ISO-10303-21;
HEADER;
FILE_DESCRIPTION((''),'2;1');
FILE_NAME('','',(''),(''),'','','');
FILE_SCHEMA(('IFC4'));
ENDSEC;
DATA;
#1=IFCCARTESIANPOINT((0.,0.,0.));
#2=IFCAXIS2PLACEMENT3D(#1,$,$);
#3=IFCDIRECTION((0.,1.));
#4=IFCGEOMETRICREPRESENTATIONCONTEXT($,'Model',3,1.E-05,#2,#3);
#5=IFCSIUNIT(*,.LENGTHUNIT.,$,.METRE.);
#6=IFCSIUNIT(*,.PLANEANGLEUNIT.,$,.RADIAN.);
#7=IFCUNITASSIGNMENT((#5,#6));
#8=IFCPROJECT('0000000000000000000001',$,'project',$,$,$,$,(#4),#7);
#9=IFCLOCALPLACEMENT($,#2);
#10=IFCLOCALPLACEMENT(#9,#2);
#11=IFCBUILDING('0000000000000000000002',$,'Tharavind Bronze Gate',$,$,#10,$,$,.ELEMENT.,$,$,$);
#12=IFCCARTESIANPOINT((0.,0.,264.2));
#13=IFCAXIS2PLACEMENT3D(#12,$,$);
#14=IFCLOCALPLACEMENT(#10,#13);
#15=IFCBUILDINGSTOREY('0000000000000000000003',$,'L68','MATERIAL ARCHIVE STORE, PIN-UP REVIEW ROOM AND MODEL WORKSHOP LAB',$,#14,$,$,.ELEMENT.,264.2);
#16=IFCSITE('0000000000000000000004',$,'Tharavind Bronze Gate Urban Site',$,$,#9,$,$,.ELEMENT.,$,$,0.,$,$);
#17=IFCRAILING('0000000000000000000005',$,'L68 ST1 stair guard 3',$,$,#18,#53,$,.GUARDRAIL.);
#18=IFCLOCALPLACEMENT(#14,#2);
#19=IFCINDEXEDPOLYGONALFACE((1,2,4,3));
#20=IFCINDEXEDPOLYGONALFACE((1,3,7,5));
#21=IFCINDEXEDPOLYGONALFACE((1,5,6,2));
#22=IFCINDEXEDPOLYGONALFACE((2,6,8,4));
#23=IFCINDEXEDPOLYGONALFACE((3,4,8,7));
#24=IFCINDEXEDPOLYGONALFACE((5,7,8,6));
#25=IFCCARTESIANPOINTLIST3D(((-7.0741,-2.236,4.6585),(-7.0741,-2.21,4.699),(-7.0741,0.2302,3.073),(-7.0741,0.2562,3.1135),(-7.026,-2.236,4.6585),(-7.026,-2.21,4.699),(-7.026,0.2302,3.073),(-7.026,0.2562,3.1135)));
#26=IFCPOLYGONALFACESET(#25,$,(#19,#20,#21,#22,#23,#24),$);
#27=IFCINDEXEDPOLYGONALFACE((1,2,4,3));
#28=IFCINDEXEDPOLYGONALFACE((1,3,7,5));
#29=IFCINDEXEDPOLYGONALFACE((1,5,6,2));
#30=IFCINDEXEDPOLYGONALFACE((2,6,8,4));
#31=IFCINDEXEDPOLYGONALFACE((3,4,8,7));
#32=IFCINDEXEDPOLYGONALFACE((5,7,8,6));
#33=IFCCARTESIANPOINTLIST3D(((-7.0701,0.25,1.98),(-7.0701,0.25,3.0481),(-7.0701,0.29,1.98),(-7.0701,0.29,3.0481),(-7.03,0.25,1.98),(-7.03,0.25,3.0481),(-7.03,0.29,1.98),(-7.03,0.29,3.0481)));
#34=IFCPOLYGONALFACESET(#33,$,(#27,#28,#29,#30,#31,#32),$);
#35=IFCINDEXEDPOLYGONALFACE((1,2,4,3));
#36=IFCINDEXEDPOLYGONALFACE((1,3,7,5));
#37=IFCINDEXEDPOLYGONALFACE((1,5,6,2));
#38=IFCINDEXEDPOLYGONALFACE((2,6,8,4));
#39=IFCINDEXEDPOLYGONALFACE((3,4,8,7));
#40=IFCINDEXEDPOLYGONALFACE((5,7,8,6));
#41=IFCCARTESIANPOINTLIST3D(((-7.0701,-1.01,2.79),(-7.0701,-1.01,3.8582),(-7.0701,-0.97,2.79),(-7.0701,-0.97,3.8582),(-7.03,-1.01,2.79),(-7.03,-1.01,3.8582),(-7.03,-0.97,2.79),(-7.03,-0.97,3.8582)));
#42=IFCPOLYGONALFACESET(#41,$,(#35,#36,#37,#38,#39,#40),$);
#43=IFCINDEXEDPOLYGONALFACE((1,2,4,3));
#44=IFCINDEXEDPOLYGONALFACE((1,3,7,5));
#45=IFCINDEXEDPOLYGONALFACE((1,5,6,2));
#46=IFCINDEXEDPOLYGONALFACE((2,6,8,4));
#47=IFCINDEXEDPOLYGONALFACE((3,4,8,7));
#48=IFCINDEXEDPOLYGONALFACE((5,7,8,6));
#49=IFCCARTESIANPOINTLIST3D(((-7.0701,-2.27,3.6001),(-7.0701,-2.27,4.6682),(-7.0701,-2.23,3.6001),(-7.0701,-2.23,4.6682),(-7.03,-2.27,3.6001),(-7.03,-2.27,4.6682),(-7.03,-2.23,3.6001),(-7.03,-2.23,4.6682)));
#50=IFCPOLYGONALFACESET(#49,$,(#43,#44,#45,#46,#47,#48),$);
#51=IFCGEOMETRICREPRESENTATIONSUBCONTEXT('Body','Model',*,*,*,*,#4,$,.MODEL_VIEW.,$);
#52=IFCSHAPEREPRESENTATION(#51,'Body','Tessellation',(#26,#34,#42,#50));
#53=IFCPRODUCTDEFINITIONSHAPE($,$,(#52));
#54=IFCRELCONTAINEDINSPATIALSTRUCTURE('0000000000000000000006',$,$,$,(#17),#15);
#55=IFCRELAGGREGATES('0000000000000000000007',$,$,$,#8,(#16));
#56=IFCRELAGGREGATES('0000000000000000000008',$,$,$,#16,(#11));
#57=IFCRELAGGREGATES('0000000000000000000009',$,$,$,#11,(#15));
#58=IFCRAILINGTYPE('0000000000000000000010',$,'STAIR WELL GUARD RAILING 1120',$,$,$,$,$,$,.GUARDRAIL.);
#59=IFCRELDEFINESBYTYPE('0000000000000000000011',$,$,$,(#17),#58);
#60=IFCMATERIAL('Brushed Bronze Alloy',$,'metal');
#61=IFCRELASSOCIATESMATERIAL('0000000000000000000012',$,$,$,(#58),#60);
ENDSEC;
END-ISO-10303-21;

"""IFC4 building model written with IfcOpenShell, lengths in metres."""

from ifc_helpers import new_model, si_unit, direction, frame, origin, origin_2d, place, context, subcontext, project, spatial, rectangle, extrude, material, type_object, element, save


model = new_model("IFC4")

# Units and contexts
model_context = context("Model", 3, precision=1e-05, world=origin(), true_north=direction((0.0, 1.0)))
body_context = subcontext(model_context, "Body", "Model", "MODEL_VIEW")
ifc_project = project(units=[si_unit("LENGTHUNIT", "METRE"), si_unit("PLANEANGLEUNIT", "RADIAN")], contexts=[model_context])

# Site, building, storey
site_placement = place(None, origin())
site = spatial("IfcSite", under=ifc_project, at=site_placement, Name="Tharavind Bronze Gate Urban Site", CompositionType="ELEMENT", RefElevation=0.0)
building_placement = place(site_placement, origin())
building = spatial("IfcBuilding", under=site, at=building_placement, Name="Tharavind Bronze Gate", CompositionType="ELEMENT")
storey_placement = place(building_placement, frame((0.0, 0.0, 264.2)))
storey = spatial("IfcBuildingStorey", under=building, at=storey_placement, Name="L68", Description="MATERIAL ARCHIVE STORE, PIN-UP REVIEW ROOM AND MODEL WORKSHOP LAB", CompositionType="ELEMENT", Elevation=264.2)

# Railing
ifc_material_1 = material(Name="Brushed Bronze Alloy", Category="metal")
railing_type_1 = type_object("IfcRailingType", Name="STAIR WELL GUARD RAILING 1120", PredefinedType="GUARDRAIL", material=ifc_material_1)
railing_1_placement = place(storey_placement, frame((-7.05, 0.27, 1.98)))
element("IfcRailing", 1, at=railing_1_placement, inside=storey, type_object=railing_type_1, Name="L68 ST1 stair guard 3", PredefinedType="GUARDRAIL", context=body_context, shape_type="SweptSolid", body=[
    extrude(rectangle(XDim=0.0481, YDim=0.0481, at=origin_2d()), frame((0.0, -0.0269, 1.1133), z_axis=(0.0, -0.841163, 0.540782), x_axis=(1.0, 0.0, 0.0)), (0.0, 0.0, 1.0), 2.9319),
    extrude(rectangle(XDim=0.04, YDim=0.04, at=origin_2d()), origin(), (0.0, 0.0, 1.0), 1.0681),
    extrude(rectangle(XDim=0.04, YDim=0.04, at=origin_2d()), frame((0.0, -1.26, 0.8101)), (0.0, 0.0, 1.0), 1.0681),
    extrude(rectangle(XDim=0.04, YDim=0.04, at=origin_2d()), frame((0.0, -2.52, 1.6201)), (0.0, 0.0, 1.0), 1.0681),
])

save(model, "model.ifc")
